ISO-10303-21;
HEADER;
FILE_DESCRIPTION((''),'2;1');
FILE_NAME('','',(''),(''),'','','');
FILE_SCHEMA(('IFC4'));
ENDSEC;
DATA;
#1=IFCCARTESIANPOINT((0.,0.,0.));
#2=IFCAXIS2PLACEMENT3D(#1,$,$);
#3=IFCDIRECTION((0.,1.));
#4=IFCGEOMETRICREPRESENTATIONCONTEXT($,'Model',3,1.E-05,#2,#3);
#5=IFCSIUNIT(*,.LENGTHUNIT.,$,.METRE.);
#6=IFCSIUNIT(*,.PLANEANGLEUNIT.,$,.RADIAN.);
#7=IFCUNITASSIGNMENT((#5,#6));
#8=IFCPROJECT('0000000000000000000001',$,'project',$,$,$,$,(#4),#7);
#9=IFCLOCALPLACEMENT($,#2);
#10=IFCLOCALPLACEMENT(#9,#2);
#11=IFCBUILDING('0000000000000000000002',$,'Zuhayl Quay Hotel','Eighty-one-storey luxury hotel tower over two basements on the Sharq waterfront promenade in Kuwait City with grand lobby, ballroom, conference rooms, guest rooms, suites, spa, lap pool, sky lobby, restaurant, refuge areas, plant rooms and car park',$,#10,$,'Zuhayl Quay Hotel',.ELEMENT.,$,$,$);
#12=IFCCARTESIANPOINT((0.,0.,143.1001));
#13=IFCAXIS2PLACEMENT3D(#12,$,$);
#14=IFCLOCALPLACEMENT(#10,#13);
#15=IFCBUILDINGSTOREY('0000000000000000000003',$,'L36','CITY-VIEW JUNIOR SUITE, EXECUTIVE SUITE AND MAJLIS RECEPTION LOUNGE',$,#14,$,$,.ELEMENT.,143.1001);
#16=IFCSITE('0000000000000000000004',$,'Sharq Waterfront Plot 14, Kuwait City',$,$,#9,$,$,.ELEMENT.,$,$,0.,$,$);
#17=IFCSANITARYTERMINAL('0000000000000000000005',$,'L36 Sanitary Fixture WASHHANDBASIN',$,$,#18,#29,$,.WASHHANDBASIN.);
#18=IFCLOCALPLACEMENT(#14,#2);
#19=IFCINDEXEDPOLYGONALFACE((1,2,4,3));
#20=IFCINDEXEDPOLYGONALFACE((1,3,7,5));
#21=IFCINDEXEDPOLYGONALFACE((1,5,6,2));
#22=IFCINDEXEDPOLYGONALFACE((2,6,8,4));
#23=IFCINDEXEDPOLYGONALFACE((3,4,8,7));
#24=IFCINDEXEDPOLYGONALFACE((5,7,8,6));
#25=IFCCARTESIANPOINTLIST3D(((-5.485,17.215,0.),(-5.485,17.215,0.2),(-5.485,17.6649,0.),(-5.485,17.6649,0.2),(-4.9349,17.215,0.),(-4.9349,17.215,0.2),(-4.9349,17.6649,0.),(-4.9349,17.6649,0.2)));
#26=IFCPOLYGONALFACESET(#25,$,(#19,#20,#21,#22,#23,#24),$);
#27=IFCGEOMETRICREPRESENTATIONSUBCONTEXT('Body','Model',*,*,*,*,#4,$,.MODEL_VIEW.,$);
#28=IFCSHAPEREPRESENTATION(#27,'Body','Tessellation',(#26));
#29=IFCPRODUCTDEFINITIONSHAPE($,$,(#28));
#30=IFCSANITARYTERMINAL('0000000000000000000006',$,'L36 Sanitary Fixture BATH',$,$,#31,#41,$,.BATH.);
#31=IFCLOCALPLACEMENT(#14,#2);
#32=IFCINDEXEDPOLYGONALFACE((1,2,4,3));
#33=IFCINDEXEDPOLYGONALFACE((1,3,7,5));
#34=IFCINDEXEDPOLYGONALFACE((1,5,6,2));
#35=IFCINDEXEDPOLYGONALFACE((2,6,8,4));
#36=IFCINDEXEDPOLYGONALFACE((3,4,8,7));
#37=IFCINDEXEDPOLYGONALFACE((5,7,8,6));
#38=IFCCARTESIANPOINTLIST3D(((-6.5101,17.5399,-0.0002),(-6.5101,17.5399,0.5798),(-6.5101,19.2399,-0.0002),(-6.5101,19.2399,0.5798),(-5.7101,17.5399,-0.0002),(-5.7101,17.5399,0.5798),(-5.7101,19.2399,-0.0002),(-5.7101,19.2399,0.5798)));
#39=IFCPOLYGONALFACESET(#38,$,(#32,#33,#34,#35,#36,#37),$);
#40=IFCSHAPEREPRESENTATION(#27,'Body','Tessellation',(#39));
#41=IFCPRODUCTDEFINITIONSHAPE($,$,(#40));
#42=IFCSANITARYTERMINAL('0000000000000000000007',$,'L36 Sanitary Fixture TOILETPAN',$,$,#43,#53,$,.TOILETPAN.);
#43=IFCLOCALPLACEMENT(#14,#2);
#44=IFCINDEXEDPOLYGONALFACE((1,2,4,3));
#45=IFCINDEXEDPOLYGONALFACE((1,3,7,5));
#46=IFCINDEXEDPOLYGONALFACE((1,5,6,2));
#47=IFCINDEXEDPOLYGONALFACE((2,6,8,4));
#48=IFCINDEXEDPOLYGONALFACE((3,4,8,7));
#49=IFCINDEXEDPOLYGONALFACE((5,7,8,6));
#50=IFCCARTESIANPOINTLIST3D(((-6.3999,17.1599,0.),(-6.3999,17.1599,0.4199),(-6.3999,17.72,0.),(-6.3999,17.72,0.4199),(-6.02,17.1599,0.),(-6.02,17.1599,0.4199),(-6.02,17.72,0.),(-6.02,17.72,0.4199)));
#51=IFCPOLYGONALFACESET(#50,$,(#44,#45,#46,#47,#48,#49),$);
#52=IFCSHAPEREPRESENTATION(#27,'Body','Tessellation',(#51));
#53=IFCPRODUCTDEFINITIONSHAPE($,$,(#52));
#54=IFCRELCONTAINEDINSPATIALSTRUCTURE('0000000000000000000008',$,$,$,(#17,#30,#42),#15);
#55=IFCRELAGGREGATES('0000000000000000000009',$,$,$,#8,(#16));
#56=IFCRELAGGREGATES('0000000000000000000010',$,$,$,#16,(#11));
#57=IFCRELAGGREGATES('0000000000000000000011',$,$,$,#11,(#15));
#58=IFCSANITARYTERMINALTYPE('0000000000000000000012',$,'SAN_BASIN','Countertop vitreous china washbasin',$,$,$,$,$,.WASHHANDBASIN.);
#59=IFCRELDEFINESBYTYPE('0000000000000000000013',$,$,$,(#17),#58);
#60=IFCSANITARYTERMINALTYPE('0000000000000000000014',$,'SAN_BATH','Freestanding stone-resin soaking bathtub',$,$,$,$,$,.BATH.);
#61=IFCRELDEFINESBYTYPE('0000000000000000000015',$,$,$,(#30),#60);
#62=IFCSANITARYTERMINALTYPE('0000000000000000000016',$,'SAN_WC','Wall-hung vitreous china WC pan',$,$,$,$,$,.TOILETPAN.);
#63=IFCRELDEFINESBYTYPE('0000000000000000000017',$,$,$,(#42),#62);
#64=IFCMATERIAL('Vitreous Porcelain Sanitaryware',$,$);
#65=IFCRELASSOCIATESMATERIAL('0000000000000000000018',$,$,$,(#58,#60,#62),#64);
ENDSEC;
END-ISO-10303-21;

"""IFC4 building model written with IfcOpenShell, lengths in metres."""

from ifc_helpers import new_model, si_unit, direction, frame, origin, origin_2d, place, context, subcontext, project, spatial, rectangle, extrude, material, type_object, element, save


model = new_model("IFC4")

# Units and contexts
model_context = context("Model", 3, precision=1e-05, world=origin(), true_north=direction((0.0, 1.0)))
body_context = subcontext(model_context, "Body", "Model", "MODEL_VIEW")
ifc_project = project(units=[si_unit("LENGTHUNIT", "METRE"), si_unit("PLANEANGLEUNIT", "RADIAN")], contexts=[model_context])

# Site, building, storey
site_placement = place(None, origin())
site = spatial("IfcSite", under=ifc_project, at=site_placement, Name="Sharq Waterfront Plot 14, Kuwait City", CompositionType="ELEMENT", RefElevation=0.0)
building_placement = place(site_placement, origin())
building = spatial("IfcBuilding", under=site, at=building_placement, Name="Zuhayl Quay Hotel", Description="Eighty-one-storey luxury hotel tower over two basements on the Sharq waterfront promenade in Kuwait City with grand lobby, ballroom, conference rooms, guest rooms, suites, spa, lap pool, sky lobby, restaurant, refuge areas, plant rooms and car park", LongName="Zuhayl Quay Hotel", CompositionType="ELEMENT")
storey_placement = place(building_placement, frame((0.0, 0.0, 143.1001)))
storey = spatial("IfcBuildingStorey", under=building, at=storey_placement, Name="L36", Description="CITY-VIEW JUNIOR SUITE, EXECUTIVE SUITE AND MAJLIS RECEPTION LOUNGE", CompositionType="ELEMENT", Elevation=143.1001)

# Sanitary terminals
ifc_material_1 = material(Name="Vitreous Porcelain Sanitaryware")
sanitary_terminal_type_1 = type_object("IfcSanitaryTerminalType", Name="SAN_BASIN", Description="Countertop vitreous china washbasin", PredefinedType="WASHHANDBASIN", material=ifc_material_1)
sanitary_terminal_1_placement = place(storey_placement, frame((-5.21, 17.4399, 0.0), z_axis=(0.0, 0.0, 1.0), x_axis=(1.0, 0.0, 0.0)))
element("IfcSanitaryTerminal", 1, at=sanitary_terminal_1_placement, inside=storey, type_object=sanitary_terminal_type_1, Name="L36 Sanitary Fixture WASHHANDBASIN", PredefinedType="WASHHANDBASIN", context=body_context, shape_type="SweptSolid", body=[
    extrude(rectangle(XDim=0.55, YDim=0.45, at=origin_2d()), origin(), (0.0, 0.0, 1.0), 0.2),
])
sanitary_terminal_type_2 = type_object("IfcSanitaryTerminalType", Name="SAN_BATH", Description="Freestanding stone-resin soaking bathtub", PredefinedType="BATH", material=ifc_material_1)
sanitary_terminal_2_placement = place(storey_placement, frame((-6.1101, 18.3899, -0.0002), z_axis=(0.0, 0.0, 1.0), x_axis=(1.0, 0.0, 0.0)))
element("IfcSanitaryTerminal", 2, at=sanitary_terminal_2_placement, inside=storey, type_object=sanitary_terminal_type_2, Name="L36 Sanitary Fixture BATH", PredefinedType="BATH", context=body_context, shape_type="SweptSolid", body=[
    extrude(rectangle(XDim=0.8, YDim=1.7, at=origin_2d()), origin(), (0.0, 0.0, 1.0), 0.5801),
])
sanitary_terminal_type_3 = type_object("IfcSanitaryTerminalType", Name="SAN_WC", Description="Wall-hung vitreous china WC pan", PredefinedType="TOILETPAN", material=ifc_material_1)
sanitary_terminal_3_placement = place(storey_placement, frame((-6.21, 17.4399, 0.0), z_axis=(0.0, 0.0, 1.0), x_axis=(1.0, 0.0, 0.0)))
element("IfcSanitaryTerminal", 3, at=sanitary_terminal_3_placement, inside=storey, type_object=sanitary_terminal_type_3, Name="L36 Sanitary Fixture TOILETPAN", PredefinedType="TOILETPAN", context=body_context, shape_type="SweptSolid", body=[
    extrude(rectangle(XDim=0.3799, YDim=0.5601, at=origin_2d()), origin(), (0.0, 0.0, 1.0), 0.4199),
])

save(model, "model.ifc")
